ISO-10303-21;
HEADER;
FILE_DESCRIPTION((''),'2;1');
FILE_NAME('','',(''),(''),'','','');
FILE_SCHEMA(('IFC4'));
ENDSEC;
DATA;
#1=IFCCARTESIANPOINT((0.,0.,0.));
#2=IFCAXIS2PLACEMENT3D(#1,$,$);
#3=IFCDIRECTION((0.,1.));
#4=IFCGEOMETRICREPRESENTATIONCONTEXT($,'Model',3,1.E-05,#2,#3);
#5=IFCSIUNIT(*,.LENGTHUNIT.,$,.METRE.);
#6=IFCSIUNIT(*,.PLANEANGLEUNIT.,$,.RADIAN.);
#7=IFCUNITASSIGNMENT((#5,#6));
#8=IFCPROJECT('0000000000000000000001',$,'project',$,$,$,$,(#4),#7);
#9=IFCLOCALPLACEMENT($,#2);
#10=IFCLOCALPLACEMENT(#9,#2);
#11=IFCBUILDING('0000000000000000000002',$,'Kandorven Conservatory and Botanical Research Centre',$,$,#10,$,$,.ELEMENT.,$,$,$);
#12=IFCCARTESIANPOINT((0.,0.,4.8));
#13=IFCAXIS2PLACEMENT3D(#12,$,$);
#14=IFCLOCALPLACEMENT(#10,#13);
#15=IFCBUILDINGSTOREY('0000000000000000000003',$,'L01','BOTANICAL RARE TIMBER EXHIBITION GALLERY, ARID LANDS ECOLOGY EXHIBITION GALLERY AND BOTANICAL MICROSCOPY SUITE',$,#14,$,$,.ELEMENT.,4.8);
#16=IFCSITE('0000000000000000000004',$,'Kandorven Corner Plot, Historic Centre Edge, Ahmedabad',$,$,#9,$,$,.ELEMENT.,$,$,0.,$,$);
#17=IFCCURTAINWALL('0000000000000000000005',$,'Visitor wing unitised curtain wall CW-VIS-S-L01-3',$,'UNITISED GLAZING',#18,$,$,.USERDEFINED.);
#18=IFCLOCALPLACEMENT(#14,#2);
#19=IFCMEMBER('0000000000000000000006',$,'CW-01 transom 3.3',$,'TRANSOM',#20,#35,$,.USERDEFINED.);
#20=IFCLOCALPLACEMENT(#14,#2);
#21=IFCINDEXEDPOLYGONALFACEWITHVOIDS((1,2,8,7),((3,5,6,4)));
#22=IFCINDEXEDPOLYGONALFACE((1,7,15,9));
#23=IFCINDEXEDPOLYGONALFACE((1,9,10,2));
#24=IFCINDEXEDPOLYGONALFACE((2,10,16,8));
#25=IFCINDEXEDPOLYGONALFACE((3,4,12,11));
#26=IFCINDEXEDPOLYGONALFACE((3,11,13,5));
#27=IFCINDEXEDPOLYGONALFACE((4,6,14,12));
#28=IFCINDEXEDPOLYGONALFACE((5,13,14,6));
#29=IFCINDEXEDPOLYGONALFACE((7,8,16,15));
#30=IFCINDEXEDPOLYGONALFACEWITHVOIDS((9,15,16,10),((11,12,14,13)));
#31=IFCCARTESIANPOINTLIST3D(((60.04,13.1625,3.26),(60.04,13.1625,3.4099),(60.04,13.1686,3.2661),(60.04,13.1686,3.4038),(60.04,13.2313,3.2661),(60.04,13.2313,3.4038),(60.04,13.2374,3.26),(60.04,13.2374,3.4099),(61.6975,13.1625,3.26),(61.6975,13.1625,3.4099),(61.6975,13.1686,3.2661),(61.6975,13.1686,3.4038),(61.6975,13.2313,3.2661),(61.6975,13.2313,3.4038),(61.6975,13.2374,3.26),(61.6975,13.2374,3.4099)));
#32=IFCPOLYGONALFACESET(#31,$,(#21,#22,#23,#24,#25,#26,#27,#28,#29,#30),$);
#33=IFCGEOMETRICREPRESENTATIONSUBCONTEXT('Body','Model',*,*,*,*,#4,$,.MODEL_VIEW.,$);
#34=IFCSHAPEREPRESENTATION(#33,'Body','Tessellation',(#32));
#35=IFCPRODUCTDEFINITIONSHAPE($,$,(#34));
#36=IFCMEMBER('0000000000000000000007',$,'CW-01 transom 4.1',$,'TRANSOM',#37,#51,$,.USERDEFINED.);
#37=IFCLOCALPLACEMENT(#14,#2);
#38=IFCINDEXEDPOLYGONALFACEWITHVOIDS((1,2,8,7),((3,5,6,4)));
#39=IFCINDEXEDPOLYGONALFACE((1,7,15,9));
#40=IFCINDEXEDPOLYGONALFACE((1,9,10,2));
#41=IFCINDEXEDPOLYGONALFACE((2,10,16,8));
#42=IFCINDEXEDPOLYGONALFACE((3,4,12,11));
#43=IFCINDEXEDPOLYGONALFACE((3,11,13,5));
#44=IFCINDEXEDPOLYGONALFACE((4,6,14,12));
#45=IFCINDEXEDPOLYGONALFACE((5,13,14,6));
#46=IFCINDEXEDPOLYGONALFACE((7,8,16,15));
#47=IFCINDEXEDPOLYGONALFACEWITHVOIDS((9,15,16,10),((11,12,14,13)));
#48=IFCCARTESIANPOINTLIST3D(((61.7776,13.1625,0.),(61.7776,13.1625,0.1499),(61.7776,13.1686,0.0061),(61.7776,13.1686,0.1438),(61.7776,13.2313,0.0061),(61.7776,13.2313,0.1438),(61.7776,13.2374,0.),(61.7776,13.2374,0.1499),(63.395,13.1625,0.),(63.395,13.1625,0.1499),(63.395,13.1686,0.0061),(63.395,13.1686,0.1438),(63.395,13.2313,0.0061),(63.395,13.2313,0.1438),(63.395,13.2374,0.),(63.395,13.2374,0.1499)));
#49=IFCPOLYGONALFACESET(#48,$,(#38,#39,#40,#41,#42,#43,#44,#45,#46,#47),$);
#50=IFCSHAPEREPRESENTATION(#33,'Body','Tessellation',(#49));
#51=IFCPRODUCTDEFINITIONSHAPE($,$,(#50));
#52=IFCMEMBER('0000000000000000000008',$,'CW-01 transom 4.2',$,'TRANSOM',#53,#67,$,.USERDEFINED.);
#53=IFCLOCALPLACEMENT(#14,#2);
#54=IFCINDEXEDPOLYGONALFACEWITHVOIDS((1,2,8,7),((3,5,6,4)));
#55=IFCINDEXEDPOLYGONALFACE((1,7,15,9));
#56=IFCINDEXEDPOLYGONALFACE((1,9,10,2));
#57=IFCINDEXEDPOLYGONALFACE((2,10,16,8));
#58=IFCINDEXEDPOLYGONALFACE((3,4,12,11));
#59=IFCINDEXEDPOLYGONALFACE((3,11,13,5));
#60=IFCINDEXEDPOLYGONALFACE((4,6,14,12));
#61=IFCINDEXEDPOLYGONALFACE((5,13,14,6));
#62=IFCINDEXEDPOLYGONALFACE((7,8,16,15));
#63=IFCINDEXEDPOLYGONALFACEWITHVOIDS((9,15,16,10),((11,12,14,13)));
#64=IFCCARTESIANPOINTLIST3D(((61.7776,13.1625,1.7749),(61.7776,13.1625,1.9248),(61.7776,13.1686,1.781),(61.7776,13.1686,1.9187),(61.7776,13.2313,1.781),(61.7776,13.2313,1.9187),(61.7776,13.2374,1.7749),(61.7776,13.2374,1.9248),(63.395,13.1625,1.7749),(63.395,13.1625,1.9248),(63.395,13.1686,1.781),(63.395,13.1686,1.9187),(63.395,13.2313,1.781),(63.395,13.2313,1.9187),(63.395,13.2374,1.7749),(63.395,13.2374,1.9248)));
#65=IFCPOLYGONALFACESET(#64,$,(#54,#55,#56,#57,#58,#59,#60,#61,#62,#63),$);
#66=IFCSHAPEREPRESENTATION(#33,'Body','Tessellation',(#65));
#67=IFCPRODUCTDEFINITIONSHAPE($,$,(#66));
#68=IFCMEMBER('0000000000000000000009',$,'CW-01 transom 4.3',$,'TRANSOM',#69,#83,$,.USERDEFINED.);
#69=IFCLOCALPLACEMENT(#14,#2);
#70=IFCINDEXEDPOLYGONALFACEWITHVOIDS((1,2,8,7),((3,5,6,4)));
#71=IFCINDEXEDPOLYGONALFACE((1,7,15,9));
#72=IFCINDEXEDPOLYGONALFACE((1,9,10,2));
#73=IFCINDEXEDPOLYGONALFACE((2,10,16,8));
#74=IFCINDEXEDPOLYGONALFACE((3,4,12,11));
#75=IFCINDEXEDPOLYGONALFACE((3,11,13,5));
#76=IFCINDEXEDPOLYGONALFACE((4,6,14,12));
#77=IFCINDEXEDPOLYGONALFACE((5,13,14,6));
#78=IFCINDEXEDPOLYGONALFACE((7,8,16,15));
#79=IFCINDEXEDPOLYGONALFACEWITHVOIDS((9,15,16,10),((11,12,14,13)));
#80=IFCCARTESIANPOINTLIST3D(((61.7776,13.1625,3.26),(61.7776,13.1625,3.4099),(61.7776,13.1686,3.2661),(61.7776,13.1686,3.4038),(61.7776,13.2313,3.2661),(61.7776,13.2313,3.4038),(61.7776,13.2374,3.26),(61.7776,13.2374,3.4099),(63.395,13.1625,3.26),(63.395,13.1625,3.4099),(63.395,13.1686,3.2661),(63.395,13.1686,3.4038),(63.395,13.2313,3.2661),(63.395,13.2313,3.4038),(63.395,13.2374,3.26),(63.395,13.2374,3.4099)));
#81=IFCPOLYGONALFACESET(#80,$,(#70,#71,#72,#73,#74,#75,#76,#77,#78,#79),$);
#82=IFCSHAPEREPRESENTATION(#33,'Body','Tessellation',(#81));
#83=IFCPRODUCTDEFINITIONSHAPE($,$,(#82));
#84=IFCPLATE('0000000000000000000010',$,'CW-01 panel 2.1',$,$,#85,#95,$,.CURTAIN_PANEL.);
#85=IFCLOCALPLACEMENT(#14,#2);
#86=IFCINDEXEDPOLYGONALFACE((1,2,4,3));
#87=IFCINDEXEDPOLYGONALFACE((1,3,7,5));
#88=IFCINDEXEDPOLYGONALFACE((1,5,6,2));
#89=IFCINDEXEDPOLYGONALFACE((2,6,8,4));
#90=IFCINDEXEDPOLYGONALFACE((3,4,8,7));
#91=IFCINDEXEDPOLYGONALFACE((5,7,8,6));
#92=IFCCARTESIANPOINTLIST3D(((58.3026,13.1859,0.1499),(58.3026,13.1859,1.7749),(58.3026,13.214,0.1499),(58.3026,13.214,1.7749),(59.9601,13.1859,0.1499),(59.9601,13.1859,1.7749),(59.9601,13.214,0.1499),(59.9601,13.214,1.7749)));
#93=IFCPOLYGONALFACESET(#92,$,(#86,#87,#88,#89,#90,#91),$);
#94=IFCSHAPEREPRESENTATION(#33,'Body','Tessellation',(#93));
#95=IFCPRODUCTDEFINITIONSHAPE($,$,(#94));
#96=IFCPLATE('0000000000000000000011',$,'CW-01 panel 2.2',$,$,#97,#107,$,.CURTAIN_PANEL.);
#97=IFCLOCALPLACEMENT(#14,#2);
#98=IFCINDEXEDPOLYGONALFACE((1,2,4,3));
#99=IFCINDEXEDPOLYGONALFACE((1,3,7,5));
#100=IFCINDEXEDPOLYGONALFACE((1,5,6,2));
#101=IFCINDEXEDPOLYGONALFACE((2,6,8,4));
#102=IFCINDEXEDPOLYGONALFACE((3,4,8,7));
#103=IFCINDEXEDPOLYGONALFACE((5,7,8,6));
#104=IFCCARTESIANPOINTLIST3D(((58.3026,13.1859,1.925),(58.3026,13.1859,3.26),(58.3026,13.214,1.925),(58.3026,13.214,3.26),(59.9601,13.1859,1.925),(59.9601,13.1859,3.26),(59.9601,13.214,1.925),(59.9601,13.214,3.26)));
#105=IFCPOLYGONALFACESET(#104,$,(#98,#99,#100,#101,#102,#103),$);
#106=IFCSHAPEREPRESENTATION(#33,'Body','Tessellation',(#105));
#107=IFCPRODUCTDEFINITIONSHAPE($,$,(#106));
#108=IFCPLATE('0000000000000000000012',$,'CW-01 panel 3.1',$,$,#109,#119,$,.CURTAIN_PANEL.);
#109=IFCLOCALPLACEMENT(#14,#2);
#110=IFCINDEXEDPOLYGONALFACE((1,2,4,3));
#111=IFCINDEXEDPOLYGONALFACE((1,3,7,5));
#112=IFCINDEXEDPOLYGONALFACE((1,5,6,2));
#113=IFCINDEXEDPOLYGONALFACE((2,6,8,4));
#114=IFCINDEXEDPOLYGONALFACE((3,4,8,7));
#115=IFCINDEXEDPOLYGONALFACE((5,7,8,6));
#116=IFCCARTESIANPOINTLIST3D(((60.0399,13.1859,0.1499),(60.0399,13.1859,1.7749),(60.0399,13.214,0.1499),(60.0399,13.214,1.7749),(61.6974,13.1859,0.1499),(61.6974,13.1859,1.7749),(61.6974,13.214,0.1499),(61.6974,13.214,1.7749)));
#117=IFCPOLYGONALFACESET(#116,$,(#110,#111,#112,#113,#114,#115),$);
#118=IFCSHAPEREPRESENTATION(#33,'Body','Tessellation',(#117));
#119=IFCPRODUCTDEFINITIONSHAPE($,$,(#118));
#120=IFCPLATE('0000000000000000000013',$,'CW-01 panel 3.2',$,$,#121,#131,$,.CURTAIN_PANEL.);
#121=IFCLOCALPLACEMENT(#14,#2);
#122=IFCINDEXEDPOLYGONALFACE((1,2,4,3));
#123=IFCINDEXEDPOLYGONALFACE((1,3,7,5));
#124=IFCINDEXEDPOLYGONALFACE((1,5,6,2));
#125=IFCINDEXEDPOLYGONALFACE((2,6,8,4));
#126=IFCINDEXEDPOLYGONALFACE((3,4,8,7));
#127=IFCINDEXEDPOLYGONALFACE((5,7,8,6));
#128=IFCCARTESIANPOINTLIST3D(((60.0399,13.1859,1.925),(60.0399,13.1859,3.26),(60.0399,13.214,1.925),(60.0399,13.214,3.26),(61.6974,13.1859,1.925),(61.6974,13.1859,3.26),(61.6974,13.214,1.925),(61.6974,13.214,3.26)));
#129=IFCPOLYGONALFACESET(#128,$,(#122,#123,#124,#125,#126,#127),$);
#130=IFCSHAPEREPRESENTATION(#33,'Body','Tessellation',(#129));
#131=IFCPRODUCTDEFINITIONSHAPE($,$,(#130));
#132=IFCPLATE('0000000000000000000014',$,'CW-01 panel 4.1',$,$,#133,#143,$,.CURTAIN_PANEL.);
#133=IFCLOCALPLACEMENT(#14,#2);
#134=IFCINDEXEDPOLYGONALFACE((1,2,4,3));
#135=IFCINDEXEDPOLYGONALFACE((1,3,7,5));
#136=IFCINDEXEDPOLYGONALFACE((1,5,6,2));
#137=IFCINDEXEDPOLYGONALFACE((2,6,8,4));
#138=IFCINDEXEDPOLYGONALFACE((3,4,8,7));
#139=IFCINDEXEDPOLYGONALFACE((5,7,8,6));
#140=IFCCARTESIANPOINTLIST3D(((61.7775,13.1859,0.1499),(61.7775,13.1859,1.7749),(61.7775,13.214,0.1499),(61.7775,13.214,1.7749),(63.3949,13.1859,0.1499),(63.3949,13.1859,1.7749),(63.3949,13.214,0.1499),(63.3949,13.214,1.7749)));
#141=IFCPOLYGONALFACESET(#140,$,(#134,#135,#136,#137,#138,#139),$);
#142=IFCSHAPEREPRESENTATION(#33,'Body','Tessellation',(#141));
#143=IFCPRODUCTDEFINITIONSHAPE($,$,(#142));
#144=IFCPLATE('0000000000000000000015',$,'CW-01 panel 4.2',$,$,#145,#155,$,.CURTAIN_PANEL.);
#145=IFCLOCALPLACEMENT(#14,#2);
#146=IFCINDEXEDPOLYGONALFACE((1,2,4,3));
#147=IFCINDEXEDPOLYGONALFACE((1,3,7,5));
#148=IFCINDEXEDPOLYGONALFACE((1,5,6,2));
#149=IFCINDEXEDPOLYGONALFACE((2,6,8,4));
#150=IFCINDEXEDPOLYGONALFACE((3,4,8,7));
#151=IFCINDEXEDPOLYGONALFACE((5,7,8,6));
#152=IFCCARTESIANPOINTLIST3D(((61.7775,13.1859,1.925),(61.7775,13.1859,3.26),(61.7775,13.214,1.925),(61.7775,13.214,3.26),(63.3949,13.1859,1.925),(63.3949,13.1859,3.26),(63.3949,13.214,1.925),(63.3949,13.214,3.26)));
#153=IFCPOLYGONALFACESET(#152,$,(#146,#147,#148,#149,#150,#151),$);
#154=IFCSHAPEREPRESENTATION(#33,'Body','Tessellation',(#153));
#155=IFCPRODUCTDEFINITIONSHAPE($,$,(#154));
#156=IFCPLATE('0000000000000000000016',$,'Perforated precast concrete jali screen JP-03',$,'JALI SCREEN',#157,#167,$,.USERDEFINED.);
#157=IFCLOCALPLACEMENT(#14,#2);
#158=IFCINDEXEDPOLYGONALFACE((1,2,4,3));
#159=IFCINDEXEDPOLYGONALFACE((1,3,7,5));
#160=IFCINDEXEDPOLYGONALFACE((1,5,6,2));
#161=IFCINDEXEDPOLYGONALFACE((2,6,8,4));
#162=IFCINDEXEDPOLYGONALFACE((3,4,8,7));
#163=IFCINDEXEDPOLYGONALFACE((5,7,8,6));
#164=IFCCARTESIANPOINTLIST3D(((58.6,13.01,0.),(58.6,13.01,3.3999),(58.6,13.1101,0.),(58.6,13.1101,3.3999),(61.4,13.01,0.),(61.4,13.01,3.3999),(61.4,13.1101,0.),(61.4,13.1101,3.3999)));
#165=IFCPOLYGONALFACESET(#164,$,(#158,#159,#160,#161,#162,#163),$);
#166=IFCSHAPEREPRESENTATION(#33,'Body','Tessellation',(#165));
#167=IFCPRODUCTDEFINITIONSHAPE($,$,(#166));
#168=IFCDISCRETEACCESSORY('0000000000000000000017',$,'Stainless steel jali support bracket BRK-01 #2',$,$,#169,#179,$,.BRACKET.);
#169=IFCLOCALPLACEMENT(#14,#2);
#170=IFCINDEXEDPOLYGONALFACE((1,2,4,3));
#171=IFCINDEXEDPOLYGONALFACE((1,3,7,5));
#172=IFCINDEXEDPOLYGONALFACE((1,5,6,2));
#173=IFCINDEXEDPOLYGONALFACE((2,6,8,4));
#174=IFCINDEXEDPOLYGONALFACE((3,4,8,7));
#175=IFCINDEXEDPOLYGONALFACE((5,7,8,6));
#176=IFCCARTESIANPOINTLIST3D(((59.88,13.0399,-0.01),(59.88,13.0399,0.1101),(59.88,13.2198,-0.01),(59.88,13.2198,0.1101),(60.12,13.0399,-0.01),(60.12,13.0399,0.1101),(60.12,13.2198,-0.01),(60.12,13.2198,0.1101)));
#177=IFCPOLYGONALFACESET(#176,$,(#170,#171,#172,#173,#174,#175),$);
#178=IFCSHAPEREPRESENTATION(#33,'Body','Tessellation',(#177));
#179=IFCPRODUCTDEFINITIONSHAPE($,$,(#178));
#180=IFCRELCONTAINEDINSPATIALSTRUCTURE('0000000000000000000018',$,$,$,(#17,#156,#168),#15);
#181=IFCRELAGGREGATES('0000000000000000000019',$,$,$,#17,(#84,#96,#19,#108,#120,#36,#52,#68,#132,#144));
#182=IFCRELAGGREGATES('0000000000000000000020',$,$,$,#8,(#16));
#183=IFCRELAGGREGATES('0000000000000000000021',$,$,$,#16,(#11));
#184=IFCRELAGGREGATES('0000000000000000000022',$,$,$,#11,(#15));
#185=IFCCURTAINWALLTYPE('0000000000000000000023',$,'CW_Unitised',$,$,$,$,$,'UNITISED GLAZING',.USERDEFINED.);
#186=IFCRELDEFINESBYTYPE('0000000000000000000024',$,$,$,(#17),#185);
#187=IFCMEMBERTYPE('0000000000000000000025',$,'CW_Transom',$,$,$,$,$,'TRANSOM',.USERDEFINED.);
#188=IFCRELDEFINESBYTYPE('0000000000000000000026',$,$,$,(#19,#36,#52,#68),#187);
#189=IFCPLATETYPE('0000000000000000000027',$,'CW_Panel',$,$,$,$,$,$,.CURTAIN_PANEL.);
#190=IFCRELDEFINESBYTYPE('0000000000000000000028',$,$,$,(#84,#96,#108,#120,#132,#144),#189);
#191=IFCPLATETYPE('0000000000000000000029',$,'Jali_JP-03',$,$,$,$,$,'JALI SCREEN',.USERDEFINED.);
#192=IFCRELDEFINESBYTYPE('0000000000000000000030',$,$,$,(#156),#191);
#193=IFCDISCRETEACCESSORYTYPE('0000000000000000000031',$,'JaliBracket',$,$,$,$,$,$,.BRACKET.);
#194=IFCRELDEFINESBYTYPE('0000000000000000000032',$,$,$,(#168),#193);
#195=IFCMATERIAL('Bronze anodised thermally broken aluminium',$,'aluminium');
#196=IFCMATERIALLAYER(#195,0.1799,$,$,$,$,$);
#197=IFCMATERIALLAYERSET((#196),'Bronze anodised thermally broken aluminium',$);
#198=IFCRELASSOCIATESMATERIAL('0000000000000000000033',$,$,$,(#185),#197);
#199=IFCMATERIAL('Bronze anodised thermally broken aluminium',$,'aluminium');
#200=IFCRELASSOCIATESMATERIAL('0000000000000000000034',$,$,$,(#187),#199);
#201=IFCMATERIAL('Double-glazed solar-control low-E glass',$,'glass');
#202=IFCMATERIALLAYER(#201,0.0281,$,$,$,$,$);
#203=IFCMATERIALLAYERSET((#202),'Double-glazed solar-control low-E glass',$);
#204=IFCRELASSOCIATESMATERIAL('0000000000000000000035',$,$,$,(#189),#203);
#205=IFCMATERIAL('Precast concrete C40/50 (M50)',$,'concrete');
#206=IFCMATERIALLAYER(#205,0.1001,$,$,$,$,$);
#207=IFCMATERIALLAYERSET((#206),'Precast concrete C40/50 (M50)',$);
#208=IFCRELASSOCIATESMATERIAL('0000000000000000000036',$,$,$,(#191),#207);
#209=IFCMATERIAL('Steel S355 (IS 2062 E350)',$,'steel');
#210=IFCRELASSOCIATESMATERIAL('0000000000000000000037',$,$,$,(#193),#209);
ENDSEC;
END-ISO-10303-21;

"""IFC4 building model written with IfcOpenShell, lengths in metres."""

from ifc_helpers import new_model, si_unit, direction, frame, origin, origin_2d, place, context, subcontext, project, spatial, rectangle, hollow_rectangle, extrude, material, layer, layer_set, material_profile, profile_set, type_object, element, aggregate, save


model = new_model("IFC4")

# Units and contexts
model_context = context("Model", 3, precision=1e-05, world=origin(), true_north=direction((0.0, 1.0)))
body_context = subcontext(model_context, "Body", "Model", "MODEL_VIEW")
ifc_project = project(units=[si_unit("LENGTHUNIT", "METRE"), si_unit("PLANEANGLEUNIT", "RADIAN")], contexts=[model_context])

# Site, building, storey
site_placement = place(None, origin())
site = spatial("IfcSite", under=ifc_project, at=site_placement, Name="Kandorven Corner Plot, Historic Centre Edge, Ahmedabad", CompositionType="ELEMENT", RefElevation=0.0)
building_placement = place(site_placement, origin())
building = spatial("IfcBuilding", under=site, at=building_placement, Name="Kandorven Conservatory and Botanical Research Centre", CompositionType="ELEMENT")
storey_placement = place(building_placement, frame((0.0, 0.0, 4.8)))
storey = spatial("IfcBuildingStorey", under=building, at=storey_placement, Name="L01", Description="BOTANICAL RARE TIMBER EXHIBITION GALLERY, ARID LANDS ECOLOGY EXHIBITION GALLERY AND BOTANICAL MICROSCOPY SUITE", CompositionType="ELEMENT", Elevation=4.8)

# Curtain wall, members, plates
ifc_material_1 = material(Name="Bronze anodised thermally broken aluminium", Category="aluminium")
ifc_layer_1 = layer(ifc_material_1, 0.1799)
ifc_layer_set_1 = layer_set([ifc_layer_1], Name="Bronze anodised thermally broken aluminium")
curtain_wall_type = type_object("IfcCurtainWallType", Name="CW_Unitised", ElementType="UNITISED GLAZING", PredefinedType="USERDEFINED", material=ifc_layer_set_1)
curtain_wall_placement = place(storey_placement, origin())
curtain_wall = element("IfcCurtainWall", 1, at=curtain_wall_placement, inside=storey, type_object=curtain_wall_type, Name="Visitor wing unitised curtain wall CW-VIS-S-L01-3", ObjectType="UNITISED GLAZING", PredefinedType="USERDEFINED")
ifc_material_2 = material(Name="Bronze anodised thermally broken aluminium", Category="aluminium")
ifc_material_profile_1 = material_profile(ifc_material_2, hollow_rectangle(XDim=0.075, YDim=0.1499, WallThickness=0.0061, at=origin_2d()))
ifc_profile_set_1 = profile_set([ifc_material_profile_1], Name="Bronze anodised thermally broken aluminium")
member_type_1 = type_object("IfcMemberType", Name="CW_Transom", ElementType="TRANSOM", PredefinedType="USERDEFINED", material=ifc_profile_set_1)
member_1_placement = place(storey_placement, frame((60.04, 13.2, 3.335), z_axis=(1.0, 0.0, 0.0), x_axis=(0.0, 1.0, 0.0)))
member_1 = element("IfcMember", 2, at=member_1_placement, type_object=member_type_1, Name="CW-01 transom 3.3", ObjectType="TRANSOM", PredefinedType="USERDEFINED", context=body_context, shape_type="SweptSolid", body=[
    extrude(hollow_rectangle(XDim=0.075, YDim=0.1499, WallThickness=0.0061, at=origin_2d()), origin(), (0.0, 0.0, 1.0), 1.6575),
])
member_2_placement = place(storey_placement, frame((61.7776, 13.2, 0.075), z_axis=(1.0, 0.0, 0.0), x_axis=(0.0, 1.0, 0.0)))
member_2 = element("IfcMember", 3, at=member_2_placement, type_object=member_type_1, Name="CW-01 transom 4.1", ObjectType="TRANSOM", PredefinedType="USERDEFINED", context=body_context, shape_type="SweptSolid", body=[
    extrude(hollow_rectangle(XDim=0.075, YDim=0.1499, WallThickness=0.0061, at=origin_2d()), origin(), (0.0, 0.0, 1.0), 1.6174),
])
member_3_placement = place(storey_placement, frame((61.7776, 13.2, 1.8499), z_axis=(1.0, 0.0, 0.0), x_axis=(0.0, 1.0, 0.0)))
member_3 = element("IfcMember", 4, at=member_3_placement, type_object=member_type_1, Name="CW-01 transom 4.2", ObjectType="TRANSOM", PredefinedType="USERDEFINED", context=body_context, shape_type="SweptSolid", body=[
    extrude(hollow_rectangle(XDim=0.075, YDim=0.1499, WallThickness=0.0061, at=origin_2d()), origin(), (0.0, 0.0, 1.0), 1.6174),
])
member_4_placement = place(storey_placement, frame((61.7776, 13.2, 3.335), z_axis=(1.0, 0.0, 0.0), x_axis=(0.0, 1.0, 0.0)))
member_4 = element("IfcMember", 5, at=member_4_placement, type_object=member_type_1, Name="CW-01 transom 4.3", ObjectType="TRANSOM", PredefinedType="USERDEFINED", context=body_context, shape_type="SweptSolid", body=[
    extrude(hollow_rectangle(XDim=0.075, YDim=0.1499, WallThickness=0.0061, at=origin_2d()), origin(), (0.0, 0.0, 1.0), 1.6174),
])
ifc_material_3 = material(Name="Double-glazed solar-control low-E glass", Category="glass")
ifc_layer_2 = layer(ifc_material_3, 0.0281)
ifc_layer_set_2 = layer_set([ifc_layer_2], Name="Double-glazed solar-control low-E glass")
plate_type_1 = type_object("IfcPlateType", Name="CW_Panel", PredefinedType="CURTAIN_PANEL", material=ifc_layer_set_2)
plate_1_placement = place(storey_placement, frame((59.1313, 13.2, 0.1499), z_axis=(0.0, 0.0, 1.0), x_axis=(1.0, 0.0, 0.0)))
plate_1 = element("IfcPlate", 6, at=plate_1_placement, type_object=plate_type_1, Name="CW-01 panel 2.1", PredefinedType="CURTAIN_PANEL", context=body_context, shape_type="SweptSolid", body=[
    extrude(rectangle(XDim=1.6575, YDim=0.0281, at=origin_2d()), origin(), (0.0, 0.0, 1.0), 1.625),
])
plate_2_placement = place(storey_placement, frame((59.1313, 13.2, 1.925), z_axis=(0.0, 0.0, 1.0), x_axis=(1.0, 0.0, 0.0)))
plate_2 = element("IfcPlate", 7, at=plate_2_placement, type_object=plate_type_1, Name="CW-01 panel 2.2", PredefinedType="CURTAIN_PANEL", context=body_context, shape_type="SweptSolid", body=[
    extrude(rectangle(XDim=1.6575, YDim=0.0281, at=origin_2d()), origin(), (0.0, 0.0, 1.0), 1.335),
])
plate_3_placement = place(storey_placement, frame((60.8687, 13.2, 0.1499), z_axis=(0.0, 0.0, 1.0), x_axis=(1.0, 0.0, 0.0)))
plate_3 = element("IfcPlate", 8, at=plate_3_placement, type_object=plate_type_1, Name="CW-01 panel 3.1", PredefinedType="CURTAIN_PANEL", context=body_context, shape_type="SweptSolid", body=[
    extrude(rectangle(XDim=1.6575, YDim=0.0281, at=origin_2d()), origin(), (0.0, 0.0, 1.0), 1.625),
])
plate_4_placement = place(storey_placement, frame((60.8687, 13.2, 1.925), z_axis=(0.0, 0.0, 1.0), x_axis=(1.0, 0.0, 0.0)))
plate_4 = element("IfcPlate", 9, at=plate_4_placement, type_object=plate_type_1, Name="CW-01 panel 3.2", PredefinedType="CURTAIN_PANEL", context=body_context, shape_type="SweptSolid", body=[
    extrude(rectangle(XDim=1.6575, YDim=0.0281, at=origin_2d()), origin(), (0.0, 0.0, 1.0), 1.335),
])
plate_5_placement = place(storey_placement, frame((62.5862, 13.2, 0.1499), z_axis=(0.0, 0.0, 1.0), x_axis=(1.0, 0.0, 0.0)))
plate_5 = element("IfcPlate", 10, at=plate_5_placement, type_object=plate_type_1, Name="CW-01 panel 4.1", PredefinedType="CURTAIN_PANEL", context=body_context, shape_type="SweptSolid", body=[
    extrude(rectangle(XDim=1.6174, YDim=0.0281, at=origin_2d()), origin(), (0.0, 0.0, 1.0), 1.625),
])
plate_6_placement = place(storey_placement, frame((62.5862, 13.2, 1.925), z_axis=(0.0, 0.0, 1.0), x_axis=(1.0, 0.0, 0.0)))
plate_6 = element("IfcPlate", 11, at=plate_6_placement, type_object=plate_type_1, Name="CW-01 panel 4.2", PredefinedType="CURTAIN_PANEL", context=body_context, shape_type="SweptSolid", body=[
    extrude(rectangle(XDim=1.6174, YDim=0.0281, at=origin_2d()), origin(), (0.0, 0.0, 1.0), 1.335),
])
aggregate(curtain_wall, [plate_1, plate_2, member_1, plate_3, plate_4, member_2, member_3, member_4, plate_5, plate_6])

# Plate
ifc_material_4 = material(Name="Precast concrete C40/50 (M50)", Category="concrete")
ifc_layer_3 = layer(ifc_material_4, 0.1001)
ifc_layer_set_3 = layer_set([ifc_layer_3], Name="Precast concrete C40/50 (M50)")
plate_type_2 = type_object("IfcPlateType", Name="Jali_JP-03", ElementType="JALI SCREEN", PredefinedType="USERDEFINED", material=ifc_layer_set_3)
plate_7_placement = place(storey_placement, frame((60.0, 13.0601, 0.0), z_axis=(0.0, 0.0, 1.0), x_axis=(1.0, 0.0, 0.0)))
element("IfcPlate", 12, at=plate_7_placement, inside=storey, type_object=plate_type_2, Name="Perforated precast concrete jali screen JP-03", ObjectType="JALI SCREEN", PredefinedType="USERDEFINED", context=body_context, shape_type="SweptSolid", body=[
    extrude(rectangle(XDim=2.8, YDim=0.1001, at=origin_2d()), origin(), (0.0, 0.0, 1.0), 3.3999),
])

# Discrete accessory
ifc_material_5 = material(Name="Steel S355 (IS 2062 E350)", Category="steel")
discrete_accessory_type = type_object("IfcDiscreteAccessoryType", Name="JaliBracket", PredefinedType="BRACKET", material=ifc_material_5)
discrete_accessory_placement = place(storey_placement, frame((60.0, 13.1299, -0.01), z_axis=(0.0, 0.0, 1.0), x_axis=(1.0, 0.0, 0.0)))
element("IfcDiscreteAccessory", 13, at=discrete_accessory_placement, inside=storey, type_object=discrete_accessory_type, Name="Stainless steel jali support bracket BRK-01 #2", PredefinedType="BRACKET", context=body_context, shape_type="SweptSolid", body=[
    extrude(rectangle(XDim=0.24, YDim=0.1799, at=origin_2d()), origin(), (0.0, 0.0, 1.0), 0.1201),
])

save(model, "model.ifc")
